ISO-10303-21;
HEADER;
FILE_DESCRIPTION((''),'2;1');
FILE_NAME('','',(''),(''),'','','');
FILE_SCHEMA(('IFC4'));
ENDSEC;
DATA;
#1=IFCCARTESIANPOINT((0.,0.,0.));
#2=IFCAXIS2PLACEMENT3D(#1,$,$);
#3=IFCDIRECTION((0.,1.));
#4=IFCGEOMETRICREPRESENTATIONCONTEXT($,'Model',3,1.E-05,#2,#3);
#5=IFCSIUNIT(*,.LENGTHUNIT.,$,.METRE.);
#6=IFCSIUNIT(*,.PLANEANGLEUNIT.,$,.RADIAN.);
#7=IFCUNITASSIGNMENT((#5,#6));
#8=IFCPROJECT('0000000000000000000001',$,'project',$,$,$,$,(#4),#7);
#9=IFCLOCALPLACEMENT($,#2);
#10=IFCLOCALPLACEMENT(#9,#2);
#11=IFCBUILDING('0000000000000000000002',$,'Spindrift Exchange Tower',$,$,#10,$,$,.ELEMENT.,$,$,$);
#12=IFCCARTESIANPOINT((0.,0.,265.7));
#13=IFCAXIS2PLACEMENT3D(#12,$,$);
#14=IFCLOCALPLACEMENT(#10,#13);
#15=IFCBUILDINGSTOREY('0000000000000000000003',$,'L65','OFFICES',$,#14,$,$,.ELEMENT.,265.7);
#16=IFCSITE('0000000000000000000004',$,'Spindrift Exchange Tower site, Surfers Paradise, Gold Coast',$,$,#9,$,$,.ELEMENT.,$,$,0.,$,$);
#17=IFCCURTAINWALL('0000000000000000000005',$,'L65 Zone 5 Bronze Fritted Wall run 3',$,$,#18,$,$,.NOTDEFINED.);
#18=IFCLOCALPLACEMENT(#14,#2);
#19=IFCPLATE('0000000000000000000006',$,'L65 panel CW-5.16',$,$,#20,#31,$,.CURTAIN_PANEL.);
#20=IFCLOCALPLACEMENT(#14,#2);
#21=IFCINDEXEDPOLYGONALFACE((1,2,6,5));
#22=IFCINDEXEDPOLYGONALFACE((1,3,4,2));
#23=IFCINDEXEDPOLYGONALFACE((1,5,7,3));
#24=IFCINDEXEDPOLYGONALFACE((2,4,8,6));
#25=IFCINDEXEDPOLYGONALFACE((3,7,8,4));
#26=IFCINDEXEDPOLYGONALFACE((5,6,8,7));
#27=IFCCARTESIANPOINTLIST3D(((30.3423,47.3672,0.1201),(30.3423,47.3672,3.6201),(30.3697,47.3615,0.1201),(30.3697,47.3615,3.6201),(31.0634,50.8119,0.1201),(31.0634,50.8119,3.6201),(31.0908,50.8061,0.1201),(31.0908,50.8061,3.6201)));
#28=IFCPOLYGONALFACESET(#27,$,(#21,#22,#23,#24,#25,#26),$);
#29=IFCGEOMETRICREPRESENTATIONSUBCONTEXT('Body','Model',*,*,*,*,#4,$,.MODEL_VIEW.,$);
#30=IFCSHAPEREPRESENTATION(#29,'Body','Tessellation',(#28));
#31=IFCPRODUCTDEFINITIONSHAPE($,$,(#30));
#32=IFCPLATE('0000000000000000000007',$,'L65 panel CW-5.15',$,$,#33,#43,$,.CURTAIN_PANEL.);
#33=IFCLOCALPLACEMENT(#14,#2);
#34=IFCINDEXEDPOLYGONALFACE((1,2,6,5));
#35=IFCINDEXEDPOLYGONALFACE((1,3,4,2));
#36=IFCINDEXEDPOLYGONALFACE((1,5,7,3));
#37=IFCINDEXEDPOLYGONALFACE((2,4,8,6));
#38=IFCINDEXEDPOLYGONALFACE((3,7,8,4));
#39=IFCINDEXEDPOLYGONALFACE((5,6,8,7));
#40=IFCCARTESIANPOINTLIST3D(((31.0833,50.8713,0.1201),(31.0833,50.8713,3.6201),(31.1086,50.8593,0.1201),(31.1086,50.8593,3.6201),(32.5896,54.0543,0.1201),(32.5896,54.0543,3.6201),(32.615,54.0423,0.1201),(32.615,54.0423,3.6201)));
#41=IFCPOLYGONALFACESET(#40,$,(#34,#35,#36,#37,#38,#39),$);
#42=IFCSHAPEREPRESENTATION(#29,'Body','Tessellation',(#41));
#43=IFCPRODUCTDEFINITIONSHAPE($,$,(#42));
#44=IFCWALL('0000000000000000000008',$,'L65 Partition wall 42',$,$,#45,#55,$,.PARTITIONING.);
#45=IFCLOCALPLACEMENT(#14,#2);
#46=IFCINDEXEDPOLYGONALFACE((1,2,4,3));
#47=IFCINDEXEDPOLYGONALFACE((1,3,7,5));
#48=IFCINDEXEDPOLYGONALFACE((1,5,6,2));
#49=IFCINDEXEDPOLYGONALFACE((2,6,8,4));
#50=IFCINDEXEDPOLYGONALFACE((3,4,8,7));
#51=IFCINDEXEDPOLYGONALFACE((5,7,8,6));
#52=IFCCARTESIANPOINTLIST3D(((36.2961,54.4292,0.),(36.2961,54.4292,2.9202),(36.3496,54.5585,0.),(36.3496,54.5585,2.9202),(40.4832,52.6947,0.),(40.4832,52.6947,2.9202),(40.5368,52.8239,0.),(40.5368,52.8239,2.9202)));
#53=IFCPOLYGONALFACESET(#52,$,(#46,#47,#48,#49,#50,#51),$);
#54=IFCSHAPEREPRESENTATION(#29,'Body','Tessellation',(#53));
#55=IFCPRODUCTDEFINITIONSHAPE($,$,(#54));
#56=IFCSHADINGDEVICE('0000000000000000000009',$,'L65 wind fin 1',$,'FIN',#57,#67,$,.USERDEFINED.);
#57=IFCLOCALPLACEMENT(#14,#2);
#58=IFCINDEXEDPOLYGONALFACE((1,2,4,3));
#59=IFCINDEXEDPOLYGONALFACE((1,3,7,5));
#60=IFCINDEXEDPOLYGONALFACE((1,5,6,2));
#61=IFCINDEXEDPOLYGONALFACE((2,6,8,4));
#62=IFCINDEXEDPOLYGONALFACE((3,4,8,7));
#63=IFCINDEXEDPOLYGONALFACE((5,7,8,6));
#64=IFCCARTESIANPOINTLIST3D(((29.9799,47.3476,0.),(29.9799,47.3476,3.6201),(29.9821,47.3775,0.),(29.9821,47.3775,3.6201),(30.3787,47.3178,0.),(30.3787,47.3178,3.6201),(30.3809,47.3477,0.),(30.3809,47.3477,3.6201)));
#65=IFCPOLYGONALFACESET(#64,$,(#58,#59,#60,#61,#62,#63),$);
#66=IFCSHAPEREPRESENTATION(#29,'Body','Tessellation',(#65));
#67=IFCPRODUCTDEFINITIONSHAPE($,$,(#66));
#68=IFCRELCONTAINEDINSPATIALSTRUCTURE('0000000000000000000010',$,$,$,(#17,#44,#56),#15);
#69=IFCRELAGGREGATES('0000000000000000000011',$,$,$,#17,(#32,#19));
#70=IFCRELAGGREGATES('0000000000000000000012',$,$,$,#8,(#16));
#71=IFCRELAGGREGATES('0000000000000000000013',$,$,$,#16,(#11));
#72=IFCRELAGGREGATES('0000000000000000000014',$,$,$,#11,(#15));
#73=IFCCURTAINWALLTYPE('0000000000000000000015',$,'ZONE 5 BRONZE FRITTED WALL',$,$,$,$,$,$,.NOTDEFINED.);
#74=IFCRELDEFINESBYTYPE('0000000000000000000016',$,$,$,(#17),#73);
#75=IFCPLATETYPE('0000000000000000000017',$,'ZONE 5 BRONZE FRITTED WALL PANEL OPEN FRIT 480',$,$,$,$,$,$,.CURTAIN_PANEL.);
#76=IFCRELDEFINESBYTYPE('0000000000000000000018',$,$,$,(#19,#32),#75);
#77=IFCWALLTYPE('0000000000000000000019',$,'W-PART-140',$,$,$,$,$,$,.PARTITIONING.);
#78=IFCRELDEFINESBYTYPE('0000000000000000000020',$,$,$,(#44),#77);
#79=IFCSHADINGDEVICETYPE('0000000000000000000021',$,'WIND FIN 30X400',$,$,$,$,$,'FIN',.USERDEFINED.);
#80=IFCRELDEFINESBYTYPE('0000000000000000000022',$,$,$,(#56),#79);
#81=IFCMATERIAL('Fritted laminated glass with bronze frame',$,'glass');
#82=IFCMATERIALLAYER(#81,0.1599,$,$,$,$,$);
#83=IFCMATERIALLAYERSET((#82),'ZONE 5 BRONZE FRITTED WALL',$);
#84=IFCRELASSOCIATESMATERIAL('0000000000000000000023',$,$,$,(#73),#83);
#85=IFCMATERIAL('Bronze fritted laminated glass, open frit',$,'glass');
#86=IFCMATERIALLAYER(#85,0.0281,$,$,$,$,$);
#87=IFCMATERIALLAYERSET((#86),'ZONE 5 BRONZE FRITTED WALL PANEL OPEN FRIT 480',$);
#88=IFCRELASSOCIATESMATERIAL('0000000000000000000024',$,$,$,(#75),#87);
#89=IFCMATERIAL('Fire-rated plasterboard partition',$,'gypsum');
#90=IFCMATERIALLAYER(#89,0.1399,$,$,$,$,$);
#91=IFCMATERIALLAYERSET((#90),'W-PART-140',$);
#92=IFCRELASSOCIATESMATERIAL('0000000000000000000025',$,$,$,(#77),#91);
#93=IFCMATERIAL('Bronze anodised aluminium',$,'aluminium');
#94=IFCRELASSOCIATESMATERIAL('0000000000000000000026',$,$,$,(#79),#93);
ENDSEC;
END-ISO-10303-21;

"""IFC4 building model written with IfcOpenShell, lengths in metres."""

from ifc_helpers import new_model, si_unit, direction, frame, frame_2d, origin, origin_2d, place, context, subcontext, project, spatial, rectangle, extrude, source, transform, mapped, material, layer, layer_set, material_profile, profile_set, type_object, element, aggregate, save


model = new_model("IFC4")

# Units and contexts
model_context = context("Model", 3, precision=1e-05, world=origin(), true_north=direction((0.0, 1.0)))
body_context = subcontext(model_context, "Body", "Model", "MODEL_VIEW")
ifc_project = project(units=[si_unit("LENGTHUNIT", "METRE"), si_unit("PLANEANGLEUNIT", "RADIAN")], contexts=[model_context])

# Site, building, storey
site_placement = place(None, origin())
site = spatial("IfcSite", under=ifc_project, at=site_placement, Name="Spindrift Exchange Tower site, Surfers Paradise, Gold Coast", CompositionType="ELEMENT", RefElevation=0.0)
building_placement = place(site_placement, origin())
building = spatial("IfcBuilding", under=site, at=building_placement, Name="Spindrift Exchange Tower", CompositionType="ELEMENT")
storey_placement = place(building_placement, frame((0.0, 0.0, 265.7)))
storey = spatial("IfcBuildingStorey", under=building, at=storey_placement, Name="L65", Description="OFFICES", CompositionType="ELEMENT", Elevation=265.7)

# Curtain wall, plates
ifc_material_1 = material(Name="Fritted laminated glass with bronze frame", Category="glass")
ifc_layer_1 = layer(ifc_material_1, 0.1599)
ifc_layer_set_1 = layer_set([ifc_layer_1], Name="ZONE 5 BRONZE FRITTED WALL")
curtain_wall_type = type_object("IfcCurtainWallType", Name="ZONE 5 BRONZE FRITTED WALL", PredefinedType="NOTDEFINED", material=ifc_layer_set_1)
curtain_wall_placement = place(storey_placement, origin())
curtain_wall = element("IfcCurtainWall", 1, at=curtain_wall_placement, inside=storey, type_object=curtain_wall_type, Name="L65 Zone 5 Bronze Fritted Wall run 3", PredefinedType="NOTDEFINED")
ifc_material_2 = material(Name="Bronze anodised aluminium", Category="aluminium")
ifc_material_3 = material(Name="Bronze fritted laminated glass, open frit", Category="glass")
ifc_layer_2 = layer(ifc_material_3, 0.0281)
ifc_layer_set_2 = layer_set([ifc_layer_2], Name="ZONE 5 BRONZE FRITTED WALL PANEL OPEN FRIT 480")
plate_type = type_object("IfcPlateType", Name="ZONE 5 BRONZE FRITTED WALL PANEL OPEN FRIT 480", PredefinedType="CURTAIN_PANEL", material=ifc_layer_set_2)
shared_shape_1 = source(origin(), body_context, "Body", "SweptSolid", [
    extrude(rectangle(XDim=3.5193, YDim=0.0281, at=origin_2d()), origin(), (0.0, 0.0, 1.0), 3.5),
])
plate_1_placement = place(storey_placement, frame((30.7166, 49.0867, 0.1201), z_axis=(0.0, 0.0, 1.0), x_axis=(-0.204898, -0.978783, 0.0)))
plate_1 = element("IfcPlate", 2, at=plate_1_placement, type_object=plate_type, Name="L65 panel CW-5.16", PredefinedType="CURTAIN_PANEL", context=body_context, shape_type="MappedRepresentation", body=[
    mapped(shared_shape_1, transform((0.0, 0.0, 0.0), scale=1.0)),
])
shared_shape_2 = source(origin(), body_context, "Body", "SweptSolid", [
    extrude(rectangle(XDim=3.5215, YDim=0.0281, at=origin_2d()), origin(), (0.0, 0.0, 1.0), 3.5),
])
plate_2_placement = place(storey_placement, frame((31.8491, 52.4568, 0.1201), z_axis=(0.0, 0.0, 1.0), x_axis=(-0.427754, -0.903895, 0.0)))
plate_2 = element("IfcPlate", 3, at=plate_2_placement, type_object=plate_type, Name="L65 panel CW-5.15", PredefinedType="CURTAIN_PANEL", context=body_context, shape_type="MappedRepresentation", body=[
    mapped(shared_shape_2, transform((0.0, 0.0, 0.0), scale=1.0)),
])
aggregate(curtain_wall, [plate_2, plate_1])

# Wall
ifc_material_4 = material(Name="Fire-rated plasterboard partition", Category="gypsum")
ifc_layer_3 = layer(ifc_material_4, 0.1399)
ifc_layer_set_3 = layer_set([ifc_layer_3], Name="W-PART-140")
wall_type = type_object("IfcWallType", Name="W-PART-140", PredefinedType="PARTITIONING", material=ifc_layer_set_3)
wall_placement = place(storey_placement, frame((40.51, 52.7593, 0.0), z_axis=(0.0, 0.0, 1.0), x_axis=(-0.923864, 0.382721, 0.0)))
element("IfcWall", 4, at=wall_placement, inside=storey, type_object=wall_type, Name="L65 Partition wall 42", PredefinedType="PARTITIONING", context=body_context, shape_type="SweptSolid", body=[
    extrude(rectangle(XDim=4.5322, YDim=0.1399, at=frame_2d((2.2661, 0.0))), origin(), (0.0, 0.0, 1.0), 2.9202),
])

# Shading device
ifc_material_profile_1 = material_profile(ifc_material_2, rectangle(XDim=0.03, YDim=0.3999, at=origin_2d()), Name="WIND FIN 30X400")
ifc_profile_set_1 = profile_set([ifc_material_profile_1], Name="Bronze anodised aluminium")
shading_device_type = type_object("IfcShadingDeviceType", Name="WIND FIN 30X400", ElementType="FIN", PredefinedType="USERDEFINED", material=ifc_profile_set_1)
shared_shape_3 = source(origin(), body_context, "Body", "SweptSolid", [
    extrude(rectangle(XDim=0.03, YDim=0.3999, at=origin_2d()), origin(), (0.0, 0.0, 1.0), 3.6201),
])
shading_device_placement = place(storey_placement, frame((30.1804, 47.3477, 0.0), z_axis=(0.0, 0.0, 1.0), x_axis=(-0.074417, -0.997227, 0.0)))
element("IfcShadingDevice", 5, at=shading_device_placement, inside=storey, type_object=shading_device_type, Name="L65 wind fin 1", ObjectType="FIN", PredefinedType="USERDEFINED", context=body_context, shape_type="MappedRepresentation", body=[
    mapped(shared_shape_3, transform((0.0, 0.0, 0.0), scale=1.0)),
])

save(model, "model.ifc")
